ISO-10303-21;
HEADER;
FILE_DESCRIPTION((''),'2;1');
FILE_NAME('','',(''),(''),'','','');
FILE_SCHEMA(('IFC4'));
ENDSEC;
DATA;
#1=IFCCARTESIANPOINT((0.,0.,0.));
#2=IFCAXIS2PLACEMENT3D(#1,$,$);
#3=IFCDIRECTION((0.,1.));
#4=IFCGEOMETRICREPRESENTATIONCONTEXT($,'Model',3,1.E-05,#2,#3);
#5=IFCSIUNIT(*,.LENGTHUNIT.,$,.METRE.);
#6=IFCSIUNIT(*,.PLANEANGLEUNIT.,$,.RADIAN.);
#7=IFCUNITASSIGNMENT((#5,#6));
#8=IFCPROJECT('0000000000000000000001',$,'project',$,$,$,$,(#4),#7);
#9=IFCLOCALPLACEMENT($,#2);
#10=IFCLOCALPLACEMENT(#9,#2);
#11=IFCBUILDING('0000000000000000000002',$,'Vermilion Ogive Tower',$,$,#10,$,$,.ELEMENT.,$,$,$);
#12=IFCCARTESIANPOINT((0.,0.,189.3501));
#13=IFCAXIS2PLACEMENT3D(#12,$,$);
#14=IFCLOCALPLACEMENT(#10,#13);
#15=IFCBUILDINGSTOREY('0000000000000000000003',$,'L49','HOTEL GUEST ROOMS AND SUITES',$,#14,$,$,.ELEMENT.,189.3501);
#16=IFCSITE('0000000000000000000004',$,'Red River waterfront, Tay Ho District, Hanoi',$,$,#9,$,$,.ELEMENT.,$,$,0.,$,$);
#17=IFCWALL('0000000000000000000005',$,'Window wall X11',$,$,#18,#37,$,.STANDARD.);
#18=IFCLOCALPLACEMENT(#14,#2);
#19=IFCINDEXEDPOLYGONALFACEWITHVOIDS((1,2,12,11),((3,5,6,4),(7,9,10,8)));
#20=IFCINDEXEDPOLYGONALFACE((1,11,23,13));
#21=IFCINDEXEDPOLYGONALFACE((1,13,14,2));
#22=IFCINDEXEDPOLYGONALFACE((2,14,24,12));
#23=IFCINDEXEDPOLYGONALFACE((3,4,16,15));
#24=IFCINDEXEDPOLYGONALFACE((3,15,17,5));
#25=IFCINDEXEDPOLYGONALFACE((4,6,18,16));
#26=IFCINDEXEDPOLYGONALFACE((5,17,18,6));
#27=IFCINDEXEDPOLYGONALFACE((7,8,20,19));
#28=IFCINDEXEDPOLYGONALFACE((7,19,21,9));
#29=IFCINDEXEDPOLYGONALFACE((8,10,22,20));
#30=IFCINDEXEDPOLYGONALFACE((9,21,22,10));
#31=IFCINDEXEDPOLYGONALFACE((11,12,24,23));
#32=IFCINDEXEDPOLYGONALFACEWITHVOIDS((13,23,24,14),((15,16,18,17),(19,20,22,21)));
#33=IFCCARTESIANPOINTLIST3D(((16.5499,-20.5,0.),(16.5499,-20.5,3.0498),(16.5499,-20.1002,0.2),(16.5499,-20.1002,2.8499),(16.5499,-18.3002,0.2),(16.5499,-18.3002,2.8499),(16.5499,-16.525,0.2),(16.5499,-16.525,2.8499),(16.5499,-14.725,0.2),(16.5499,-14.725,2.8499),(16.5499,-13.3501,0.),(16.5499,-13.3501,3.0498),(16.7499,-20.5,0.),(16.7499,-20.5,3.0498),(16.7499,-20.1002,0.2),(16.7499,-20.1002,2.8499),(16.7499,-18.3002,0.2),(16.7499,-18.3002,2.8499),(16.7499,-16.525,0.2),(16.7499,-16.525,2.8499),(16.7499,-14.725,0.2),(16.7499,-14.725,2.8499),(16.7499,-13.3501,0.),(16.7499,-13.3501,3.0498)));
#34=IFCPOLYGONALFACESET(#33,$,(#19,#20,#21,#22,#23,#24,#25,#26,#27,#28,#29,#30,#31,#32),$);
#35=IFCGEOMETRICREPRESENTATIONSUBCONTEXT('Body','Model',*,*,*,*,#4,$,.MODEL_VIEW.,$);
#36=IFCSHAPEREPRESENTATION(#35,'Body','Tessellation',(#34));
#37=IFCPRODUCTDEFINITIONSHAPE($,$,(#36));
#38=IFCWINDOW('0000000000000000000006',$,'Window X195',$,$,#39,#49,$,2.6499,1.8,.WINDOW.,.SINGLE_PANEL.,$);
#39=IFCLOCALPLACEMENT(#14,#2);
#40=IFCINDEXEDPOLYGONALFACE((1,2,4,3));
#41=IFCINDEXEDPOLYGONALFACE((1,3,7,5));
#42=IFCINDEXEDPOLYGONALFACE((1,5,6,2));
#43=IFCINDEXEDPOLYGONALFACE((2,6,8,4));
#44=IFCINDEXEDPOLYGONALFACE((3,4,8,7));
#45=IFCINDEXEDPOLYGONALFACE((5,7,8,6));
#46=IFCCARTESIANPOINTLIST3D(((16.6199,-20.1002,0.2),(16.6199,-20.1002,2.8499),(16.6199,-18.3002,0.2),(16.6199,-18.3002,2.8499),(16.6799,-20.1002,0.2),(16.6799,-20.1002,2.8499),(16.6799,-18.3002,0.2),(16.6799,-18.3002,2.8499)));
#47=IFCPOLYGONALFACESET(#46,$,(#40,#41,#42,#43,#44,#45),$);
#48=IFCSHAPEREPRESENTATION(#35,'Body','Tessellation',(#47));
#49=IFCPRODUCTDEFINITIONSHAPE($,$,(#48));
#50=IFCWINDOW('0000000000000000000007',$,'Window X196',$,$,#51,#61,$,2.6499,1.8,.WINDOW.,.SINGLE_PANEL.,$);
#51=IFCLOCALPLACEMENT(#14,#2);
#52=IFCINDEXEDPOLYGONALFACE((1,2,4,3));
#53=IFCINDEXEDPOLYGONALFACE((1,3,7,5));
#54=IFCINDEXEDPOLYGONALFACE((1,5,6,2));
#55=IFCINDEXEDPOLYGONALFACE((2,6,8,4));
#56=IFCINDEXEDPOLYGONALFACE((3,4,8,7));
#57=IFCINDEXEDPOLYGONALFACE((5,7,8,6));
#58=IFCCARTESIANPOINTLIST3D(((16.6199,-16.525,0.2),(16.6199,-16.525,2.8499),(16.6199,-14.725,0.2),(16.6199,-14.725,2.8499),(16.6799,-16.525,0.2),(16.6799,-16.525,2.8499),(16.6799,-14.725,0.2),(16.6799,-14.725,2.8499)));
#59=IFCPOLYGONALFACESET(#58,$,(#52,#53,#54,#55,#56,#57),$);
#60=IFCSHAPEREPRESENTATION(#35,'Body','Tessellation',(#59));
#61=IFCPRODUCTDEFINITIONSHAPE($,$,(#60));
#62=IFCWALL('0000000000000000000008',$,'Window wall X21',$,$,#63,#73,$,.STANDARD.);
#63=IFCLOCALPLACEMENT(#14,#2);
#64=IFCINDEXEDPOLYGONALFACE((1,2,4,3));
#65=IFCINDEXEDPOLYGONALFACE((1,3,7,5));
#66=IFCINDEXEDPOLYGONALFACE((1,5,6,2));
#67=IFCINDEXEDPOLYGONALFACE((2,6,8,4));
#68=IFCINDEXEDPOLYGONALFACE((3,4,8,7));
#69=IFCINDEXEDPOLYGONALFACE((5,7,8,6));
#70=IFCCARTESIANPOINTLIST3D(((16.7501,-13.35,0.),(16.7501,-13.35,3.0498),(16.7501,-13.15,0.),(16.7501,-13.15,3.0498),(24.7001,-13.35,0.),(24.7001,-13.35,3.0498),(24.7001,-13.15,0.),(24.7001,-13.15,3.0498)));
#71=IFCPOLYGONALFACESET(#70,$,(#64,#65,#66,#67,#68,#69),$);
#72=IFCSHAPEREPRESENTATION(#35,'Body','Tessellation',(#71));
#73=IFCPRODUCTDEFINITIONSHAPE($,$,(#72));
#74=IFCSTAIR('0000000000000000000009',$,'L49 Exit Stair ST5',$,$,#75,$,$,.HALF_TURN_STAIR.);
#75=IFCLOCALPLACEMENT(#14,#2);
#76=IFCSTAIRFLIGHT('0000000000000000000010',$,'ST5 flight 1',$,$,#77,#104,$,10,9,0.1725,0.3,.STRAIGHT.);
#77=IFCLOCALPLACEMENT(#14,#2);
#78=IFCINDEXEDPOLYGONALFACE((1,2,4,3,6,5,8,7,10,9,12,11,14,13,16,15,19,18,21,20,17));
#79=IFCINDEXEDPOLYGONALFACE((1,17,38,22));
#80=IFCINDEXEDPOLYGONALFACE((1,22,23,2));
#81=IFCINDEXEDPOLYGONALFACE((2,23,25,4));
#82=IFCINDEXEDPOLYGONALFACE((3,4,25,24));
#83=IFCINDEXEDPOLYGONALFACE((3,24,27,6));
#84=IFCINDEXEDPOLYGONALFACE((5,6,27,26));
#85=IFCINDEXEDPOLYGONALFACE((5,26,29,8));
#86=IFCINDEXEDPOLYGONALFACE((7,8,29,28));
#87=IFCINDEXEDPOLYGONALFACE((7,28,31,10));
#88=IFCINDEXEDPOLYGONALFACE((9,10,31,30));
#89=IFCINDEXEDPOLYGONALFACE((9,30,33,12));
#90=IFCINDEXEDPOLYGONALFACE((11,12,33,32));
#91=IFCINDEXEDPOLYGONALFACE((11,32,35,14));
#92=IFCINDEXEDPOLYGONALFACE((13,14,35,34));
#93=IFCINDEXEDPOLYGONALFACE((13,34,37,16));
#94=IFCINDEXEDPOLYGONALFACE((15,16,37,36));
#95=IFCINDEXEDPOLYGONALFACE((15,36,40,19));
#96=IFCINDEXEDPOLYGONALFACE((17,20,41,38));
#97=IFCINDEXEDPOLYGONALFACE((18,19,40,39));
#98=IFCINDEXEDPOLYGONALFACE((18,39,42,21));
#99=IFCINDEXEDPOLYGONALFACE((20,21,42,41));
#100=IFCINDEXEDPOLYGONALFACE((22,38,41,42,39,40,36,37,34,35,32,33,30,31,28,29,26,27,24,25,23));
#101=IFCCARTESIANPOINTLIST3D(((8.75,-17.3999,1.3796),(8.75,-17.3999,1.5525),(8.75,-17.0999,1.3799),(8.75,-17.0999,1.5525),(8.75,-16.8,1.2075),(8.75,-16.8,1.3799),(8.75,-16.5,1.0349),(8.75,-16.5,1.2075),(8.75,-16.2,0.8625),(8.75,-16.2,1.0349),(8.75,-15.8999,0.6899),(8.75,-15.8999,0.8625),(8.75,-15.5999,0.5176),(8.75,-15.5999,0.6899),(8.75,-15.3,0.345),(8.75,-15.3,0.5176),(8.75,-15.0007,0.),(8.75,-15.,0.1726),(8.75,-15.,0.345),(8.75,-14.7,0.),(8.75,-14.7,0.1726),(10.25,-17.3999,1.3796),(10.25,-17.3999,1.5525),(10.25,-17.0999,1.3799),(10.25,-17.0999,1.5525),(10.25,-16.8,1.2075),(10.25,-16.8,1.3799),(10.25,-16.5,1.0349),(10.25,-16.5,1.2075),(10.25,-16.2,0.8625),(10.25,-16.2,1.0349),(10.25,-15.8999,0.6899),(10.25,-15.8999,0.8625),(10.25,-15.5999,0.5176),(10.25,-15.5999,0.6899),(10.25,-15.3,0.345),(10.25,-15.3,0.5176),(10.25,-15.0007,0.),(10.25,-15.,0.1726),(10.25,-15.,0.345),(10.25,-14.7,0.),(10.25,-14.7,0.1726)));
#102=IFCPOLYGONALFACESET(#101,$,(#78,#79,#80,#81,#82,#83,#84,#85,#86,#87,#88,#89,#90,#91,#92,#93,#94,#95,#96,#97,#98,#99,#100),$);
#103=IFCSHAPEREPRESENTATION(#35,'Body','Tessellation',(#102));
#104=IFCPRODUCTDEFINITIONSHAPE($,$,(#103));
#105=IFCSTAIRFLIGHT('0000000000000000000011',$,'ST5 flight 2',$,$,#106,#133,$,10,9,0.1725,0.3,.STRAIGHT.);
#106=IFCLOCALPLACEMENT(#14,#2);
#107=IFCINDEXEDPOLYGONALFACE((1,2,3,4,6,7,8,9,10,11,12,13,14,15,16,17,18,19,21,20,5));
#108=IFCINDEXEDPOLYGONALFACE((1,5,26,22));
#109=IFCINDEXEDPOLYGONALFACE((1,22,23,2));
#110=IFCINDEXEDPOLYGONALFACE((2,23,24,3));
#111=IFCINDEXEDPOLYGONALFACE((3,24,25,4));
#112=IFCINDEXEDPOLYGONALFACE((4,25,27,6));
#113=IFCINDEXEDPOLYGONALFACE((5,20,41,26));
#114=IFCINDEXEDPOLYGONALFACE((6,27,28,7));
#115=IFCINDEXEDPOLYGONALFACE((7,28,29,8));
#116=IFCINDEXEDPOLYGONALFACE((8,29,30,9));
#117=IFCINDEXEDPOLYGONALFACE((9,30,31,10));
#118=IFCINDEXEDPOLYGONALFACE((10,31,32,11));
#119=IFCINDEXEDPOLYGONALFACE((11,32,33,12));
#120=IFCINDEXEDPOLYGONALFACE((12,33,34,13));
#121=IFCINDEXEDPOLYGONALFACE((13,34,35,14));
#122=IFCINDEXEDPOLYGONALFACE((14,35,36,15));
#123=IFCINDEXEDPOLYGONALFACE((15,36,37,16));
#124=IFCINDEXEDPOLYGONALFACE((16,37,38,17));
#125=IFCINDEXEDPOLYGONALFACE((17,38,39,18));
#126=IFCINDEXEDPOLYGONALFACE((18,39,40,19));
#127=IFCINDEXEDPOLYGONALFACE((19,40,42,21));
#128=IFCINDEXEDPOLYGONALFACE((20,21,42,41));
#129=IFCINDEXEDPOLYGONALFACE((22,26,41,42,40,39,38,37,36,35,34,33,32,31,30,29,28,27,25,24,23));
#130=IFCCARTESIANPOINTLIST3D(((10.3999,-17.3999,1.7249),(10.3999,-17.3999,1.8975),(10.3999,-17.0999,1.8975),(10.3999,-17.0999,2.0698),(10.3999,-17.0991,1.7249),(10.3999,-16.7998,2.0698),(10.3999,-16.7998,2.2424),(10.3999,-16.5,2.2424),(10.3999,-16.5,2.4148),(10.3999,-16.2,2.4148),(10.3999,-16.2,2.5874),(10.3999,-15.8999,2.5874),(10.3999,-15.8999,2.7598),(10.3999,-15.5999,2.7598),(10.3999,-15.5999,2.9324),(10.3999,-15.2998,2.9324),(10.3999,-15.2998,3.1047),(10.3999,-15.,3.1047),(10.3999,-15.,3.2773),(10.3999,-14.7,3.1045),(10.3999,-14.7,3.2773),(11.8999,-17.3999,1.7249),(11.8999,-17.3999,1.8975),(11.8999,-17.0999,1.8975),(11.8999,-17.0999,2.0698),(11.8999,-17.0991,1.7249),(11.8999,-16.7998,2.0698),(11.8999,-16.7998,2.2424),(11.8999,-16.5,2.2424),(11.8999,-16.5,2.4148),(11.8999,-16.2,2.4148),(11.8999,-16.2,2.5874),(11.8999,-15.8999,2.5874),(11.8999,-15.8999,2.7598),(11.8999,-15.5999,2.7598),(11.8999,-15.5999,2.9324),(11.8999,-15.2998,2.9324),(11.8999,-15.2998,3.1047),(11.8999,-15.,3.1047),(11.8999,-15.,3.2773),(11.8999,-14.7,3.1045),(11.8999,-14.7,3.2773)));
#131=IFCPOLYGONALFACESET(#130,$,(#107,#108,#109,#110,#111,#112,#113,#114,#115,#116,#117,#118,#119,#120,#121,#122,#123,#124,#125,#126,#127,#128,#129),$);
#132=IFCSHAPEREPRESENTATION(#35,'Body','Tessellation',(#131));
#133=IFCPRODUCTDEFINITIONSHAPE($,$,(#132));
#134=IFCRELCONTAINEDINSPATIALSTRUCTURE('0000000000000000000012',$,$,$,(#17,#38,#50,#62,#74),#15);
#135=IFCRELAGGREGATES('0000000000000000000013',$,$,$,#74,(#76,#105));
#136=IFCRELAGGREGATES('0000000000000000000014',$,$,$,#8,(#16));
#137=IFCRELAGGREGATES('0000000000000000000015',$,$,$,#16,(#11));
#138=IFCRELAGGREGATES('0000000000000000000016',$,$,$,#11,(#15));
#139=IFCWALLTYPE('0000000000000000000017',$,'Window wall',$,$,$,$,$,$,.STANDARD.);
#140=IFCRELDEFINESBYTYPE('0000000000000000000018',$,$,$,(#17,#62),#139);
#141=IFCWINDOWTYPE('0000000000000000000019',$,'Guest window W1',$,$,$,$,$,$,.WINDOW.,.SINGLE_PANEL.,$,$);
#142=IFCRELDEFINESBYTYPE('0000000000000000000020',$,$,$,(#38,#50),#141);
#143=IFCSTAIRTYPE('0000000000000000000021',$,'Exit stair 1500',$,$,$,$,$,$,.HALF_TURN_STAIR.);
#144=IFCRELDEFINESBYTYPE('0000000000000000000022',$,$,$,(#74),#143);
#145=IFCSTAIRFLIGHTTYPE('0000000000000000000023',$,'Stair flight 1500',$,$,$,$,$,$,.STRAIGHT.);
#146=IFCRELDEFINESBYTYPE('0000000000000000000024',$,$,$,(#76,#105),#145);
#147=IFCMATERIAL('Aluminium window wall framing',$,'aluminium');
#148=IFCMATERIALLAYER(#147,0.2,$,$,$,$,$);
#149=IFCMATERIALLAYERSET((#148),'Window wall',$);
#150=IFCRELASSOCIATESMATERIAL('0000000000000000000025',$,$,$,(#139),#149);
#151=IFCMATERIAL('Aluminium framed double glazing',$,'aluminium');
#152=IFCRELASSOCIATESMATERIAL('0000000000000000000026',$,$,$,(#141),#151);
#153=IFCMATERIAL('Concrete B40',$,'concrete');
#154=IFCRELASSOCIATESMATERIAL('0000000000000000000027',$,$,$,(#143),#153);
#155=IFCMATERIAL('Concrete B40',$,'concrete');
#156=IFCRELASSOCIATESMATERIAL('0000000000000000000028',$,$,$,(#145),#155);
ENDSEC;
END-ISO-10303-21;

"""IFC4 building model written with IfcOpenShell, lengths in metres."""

from ifc_helpers import new_model, si_unit, direction, frame, frame_2d, origin, place, context, subcontext, project, spatial, polyline, rectangle, outline, extrude, material, layer, layer_set, type_object, element, fill, aggregate, save


model = new_model("IFC4")

# Units and contexts
model_context = context("Model", 3, precision=1e-05, world=origin(), true_north=direction((0.0, 1.0)))
body_context = subcontext(model_context, "Body", "Model", "MODEL_VIEW")
ifc_project = project(units=[si_unit("LENGTHUNIT", "METRE"), si_unit("PLANEANGLEUNIT", "RADIAN")], contexts=[model_context])

# Site, building, storey
site_placement = place(None, origin())
site = spatial("IfcSite", under=ifc_project, at=site_placement, Name="Red River waterfront, Tay Ho District, Hanoi", CompositionType="ELEMENT", RefElevation=0.0)
building_placement = place(site_placement, origin())
building = spatial("IfcBuilding", under=site, at=building_placement, Name="Vermilion Ogive Tower", CompositionType="ELEMENT")
storey_placement = place(building_placement, frame((0.0, 0.0, 189.3501)))
storey = spatial("IfcBuildingStorey", under=building, at=storey_placement, Name="L49", Description="HOTEL GUEST ROOMS AND SUITES", CompositionType="ELEMENT", Elevation=189.3501)

# Shared definitions
ifc_material_1 = material(Name="Aluminium window wall framing", Category="aluminium")
ifc_layer_1 = layer(ifc_material_1, 0.2)
ifc_layer_set_1 = layer_set([ifc_layer_1], Name="Window wall")
wall_type_1 = type_object("IfcWallType", Name="Window wall", PredefinedType="STANDARD", material=ifc_layer_set_1)

# Wall, openings, windows
wall_1_placement = place(storey_placement, frame((16.6499, -20.5, 0.0), z_axis=(0.0, 0.0, 1.0), x_axis=(0.0, 1.0, 0.0)))
wall_1 = element("IfcWall", 1, at=wall_1_placement, inside=storey, type_object=wall_type_1, Name="Window wall X11", PredefinedType="STANDARD", context=body_context, shape_type="SweptSolid", body=[
    extrude(rectangle(XDim=7.1499, YDim=0.2, at=frame_2d((3.575, 0.0))), origin(), (0.0, 0.0, 1.0), 3.0498),
])
opening_1_placement = place(wall_1_placement, frame((0.3999, 0.0, 0.2)))
opening_1 = element("IfcOpeningElement", 2, at=opening_1_placement, cuts=wall_1, PredefinedType="OPENING", context=body_context, shape_type="SweptSolid", body=[
    extrude(rectangle(XDim=1.8, YDim=2.6499, at=frame_2d((0.8999, 1.325))), frame((0.0, 0.1099, 0.0), z_axis=(0.0, -1.0, 0.0), x_axis=(1.0, 0.0, 0.0)), (0.0, 0.0, 1.0), 0.22),
])
opening_2_placement = place(wall_1_placement, frame((3.9751, 0.0, 0.2)))
opening_2 = element("IfcOpeningElement", 3, at=opening_2_placement, cuts=wall_1, PredefinedType="OPENING", context=body_context, shape_type="SweptSolid", body=[
    extrude(rectangle(XDim=1.8, YDim=2.6499, at=frame_2d((0.8999, 1.325))), frame((0.0, 0.1099, 0.0), z_axis=(0.0, -1.0, 0.0), x_axis=(1.0, 0.0, 0.0)), (0.0, 0.0, 1.0), 0.22),
])
ifc_material_2 = material(Name="Aluminium framed double glazing", Category="aluminium")
window_type = type_object("IfcWindowType", Name="Guest window W1", PartitioningType="SINGLE_PANEL", PredefinedType="WINDOW", material=ifc_material_2)
window_1_placement = place(opening_1_placement, origin())
window_1 = element("IfcWindow", 4, at=window_1_placement, inside=storey, type_object=window_type, Name="Window X195", OverallHeight=2.6499, OverallWidth=1.8, PartitioningType="SINGLE_PANEL", PredefinedType="WINDOW", context=body_context, shape_type="SweptSolid", body=[
    extrude(rectangle(XDim=1.8, YDim=2.6499, at=frame_2d((0.8999, 1.325))), frame((0.0, 0.03, 0.0), z_axis=(0.0, -1.0, 0.0), x_axis=(1.0, 0.0, 0.0)), (0.0, 0.0, 1.0), 0.0601),
])
fill(opening_1, window_1)
window_2_placement = place(opening_2_placement, origin())
window_2 = element("IfcWindow", 5, at=window_2_placement, inside=storey, type_object=window_type, Name="Window X196", OverallHeight=2.6499, OverallWidth=1.8, PartitioningType="SINGLE_PANEL", PredefinedType="WINDOW", context=body_context, shape_type="SweptSolid", body=[
    extrude(rectangle(XDim=1.8, YDim=2.6499, at=frame_2d((0.8999, 1.325))), frame((0.0, 0.03, 0.0), z_axis=(0.0, -1.0, 0.0), x_axis=(1.0, 0.0, 0.0)), (0.0, 0.0, 1.0), 0.0601),
])
fill(opening_2, window_2)

# Wall
wall_2_placement = place(storey_placement, frame((16.75, -13.25, 0.0), z_axis=(0.0, 0.0, 1.0), x_axis=(1.0, 0.0, 0.0)))
element("IfcWall", 6, at=wall_2_placement, inside=storey, type_object=wall_type_1, Name="Window wall X21", PredefinedType="STANDARD", context=body_context, shape_type="SweptSolid", body=[
    extrude(rectangle(XDim=7.95, YDim=0.2, at=frame_2d((3.9751, 0.0))), origin(), (0.0, 0.0, 1.0), 3.0498),
])

# Stair, stair flights
ifc_material_3 = material(Name="Concrete B40", Category="concrete")
stair_type = type_object("IfcStairType", Name="Exit stair 1500", PredefinedType="HALF_TURN_STAIR", material=ifc_material_3)
stair_placement = place(storey_placement, origin())
stair = element("IfcStair", 7, at=stair_placement, inside=storey, type_object=stair_type, Name="L49 Exit Stair ST5", PredefinedType="HALF_TURN_STAIR")
ifc_material_4 = material(Name="Concrete B40", Category="concrete")
stair_flight_type = type_object("IfcStairFlightType", Name="Stair flight 1500", PredefinedType="STRAIGHT", material=ifc_material_4)
stair_flight_1_placement = place(storey_placement, frame((9.5, -14.7, 0.0), z_axis=(0.0, 0.0, 1.0), x_axis=(0.0, -1.0, 0.0)))
stair_flight_1 = element("IfcStairFlight", 8, at=stair_flight_1_placement, type_object=stair_flight_type, Name="ST5 flight 1", NumberOfRisers=10, NumberOfTreads=9, PredefinedType="STRAIGHT", RiserHeight=0.1725, TreadLength=0.3, context=body_context, shape_type="SweptSolid", body=[
    extrude(outline(polyline([(0.0, 0.0), (0.0, 0.1726), (0.3, 0.1726), (0.3, 0.345), (0.6001, 0.345), (0.6001, 0.5176), (0.8999, 0.5176), (0.8999, 0.6899), (1.2, 0.6899), (1.2, 0.8625), (1.5, 0.8625), (1.5, 1.0349), (1.8, 1.0349), (1.8, 1.2075), (2.1001, 1.2075), (2.1001, 1.3799), (2.3999, 1.3799), (2.3999, 1.5525), (2.7, 1.5525), (2.7, 1.7251), (2.7, 1.3796), (0.3008, 0.0), (0.0, 0.0)])), frame((0.0, 0.75, 0.0), z_axis=(0.0, -1.0, 0.0), x_axis=(1.0, 0.0, 0.0)), (0.0, 0.0, 1.0), 1.5),
])
stair_flight_2_placement = place(storey_placement, frame((11.1499, -17.3999, 1.7249), z_axis=(0.0, 0.0, 1.0), x_axis=(0.0, 1.0, 0.0)))
stair_flight_2 = element("IfcStairFlight", 9, at=stair_flight_2_placement, type_object=stair_flight_type, Name="ST5 flight 2", NumberOfRisers=10, NumberOfTreads=9, PredefinedType="STRAIGHT", RiserHeight=0.1725, TreadLength=0.3, context=body_context, shape_type="SweptSolid", body=[
    extrude(outline(polyline([(0.0, 0.0), (0.0, 0.1726), (0.3, 0.1726), (0.3, 0.345), (0.6001, 0.345), (0.6001, 0.5176), (0.8999, 0.5176), (0.8999, 0.6899), (1.2, 0.6899), (1.2, 0.8625), (1.5, 0.8625), (1.5, 1.0349), (1.8, 1.0349), (1.8, 1.2075), (2.1001, 1.2075), (2.1001, 1.3799), (2.3999, 1.3799), (2.3999, 1.5525), (2.7, 1.5525), (2.7, 1.7251), (2.7, 1.3796), (0.3008, 0.0), (0.0, 0.0)])), frame((0.0, 0.75, 0.0), z_axis=(0.0, -1.0, 0.0), x_axis=(1.0, 0.0, 0.0)), (0.0, 0.0, 1.0), 1.5),
])
aggregate(stair, [stair_flight_1, stair_flight_2])

save(model, "model.ifc")
